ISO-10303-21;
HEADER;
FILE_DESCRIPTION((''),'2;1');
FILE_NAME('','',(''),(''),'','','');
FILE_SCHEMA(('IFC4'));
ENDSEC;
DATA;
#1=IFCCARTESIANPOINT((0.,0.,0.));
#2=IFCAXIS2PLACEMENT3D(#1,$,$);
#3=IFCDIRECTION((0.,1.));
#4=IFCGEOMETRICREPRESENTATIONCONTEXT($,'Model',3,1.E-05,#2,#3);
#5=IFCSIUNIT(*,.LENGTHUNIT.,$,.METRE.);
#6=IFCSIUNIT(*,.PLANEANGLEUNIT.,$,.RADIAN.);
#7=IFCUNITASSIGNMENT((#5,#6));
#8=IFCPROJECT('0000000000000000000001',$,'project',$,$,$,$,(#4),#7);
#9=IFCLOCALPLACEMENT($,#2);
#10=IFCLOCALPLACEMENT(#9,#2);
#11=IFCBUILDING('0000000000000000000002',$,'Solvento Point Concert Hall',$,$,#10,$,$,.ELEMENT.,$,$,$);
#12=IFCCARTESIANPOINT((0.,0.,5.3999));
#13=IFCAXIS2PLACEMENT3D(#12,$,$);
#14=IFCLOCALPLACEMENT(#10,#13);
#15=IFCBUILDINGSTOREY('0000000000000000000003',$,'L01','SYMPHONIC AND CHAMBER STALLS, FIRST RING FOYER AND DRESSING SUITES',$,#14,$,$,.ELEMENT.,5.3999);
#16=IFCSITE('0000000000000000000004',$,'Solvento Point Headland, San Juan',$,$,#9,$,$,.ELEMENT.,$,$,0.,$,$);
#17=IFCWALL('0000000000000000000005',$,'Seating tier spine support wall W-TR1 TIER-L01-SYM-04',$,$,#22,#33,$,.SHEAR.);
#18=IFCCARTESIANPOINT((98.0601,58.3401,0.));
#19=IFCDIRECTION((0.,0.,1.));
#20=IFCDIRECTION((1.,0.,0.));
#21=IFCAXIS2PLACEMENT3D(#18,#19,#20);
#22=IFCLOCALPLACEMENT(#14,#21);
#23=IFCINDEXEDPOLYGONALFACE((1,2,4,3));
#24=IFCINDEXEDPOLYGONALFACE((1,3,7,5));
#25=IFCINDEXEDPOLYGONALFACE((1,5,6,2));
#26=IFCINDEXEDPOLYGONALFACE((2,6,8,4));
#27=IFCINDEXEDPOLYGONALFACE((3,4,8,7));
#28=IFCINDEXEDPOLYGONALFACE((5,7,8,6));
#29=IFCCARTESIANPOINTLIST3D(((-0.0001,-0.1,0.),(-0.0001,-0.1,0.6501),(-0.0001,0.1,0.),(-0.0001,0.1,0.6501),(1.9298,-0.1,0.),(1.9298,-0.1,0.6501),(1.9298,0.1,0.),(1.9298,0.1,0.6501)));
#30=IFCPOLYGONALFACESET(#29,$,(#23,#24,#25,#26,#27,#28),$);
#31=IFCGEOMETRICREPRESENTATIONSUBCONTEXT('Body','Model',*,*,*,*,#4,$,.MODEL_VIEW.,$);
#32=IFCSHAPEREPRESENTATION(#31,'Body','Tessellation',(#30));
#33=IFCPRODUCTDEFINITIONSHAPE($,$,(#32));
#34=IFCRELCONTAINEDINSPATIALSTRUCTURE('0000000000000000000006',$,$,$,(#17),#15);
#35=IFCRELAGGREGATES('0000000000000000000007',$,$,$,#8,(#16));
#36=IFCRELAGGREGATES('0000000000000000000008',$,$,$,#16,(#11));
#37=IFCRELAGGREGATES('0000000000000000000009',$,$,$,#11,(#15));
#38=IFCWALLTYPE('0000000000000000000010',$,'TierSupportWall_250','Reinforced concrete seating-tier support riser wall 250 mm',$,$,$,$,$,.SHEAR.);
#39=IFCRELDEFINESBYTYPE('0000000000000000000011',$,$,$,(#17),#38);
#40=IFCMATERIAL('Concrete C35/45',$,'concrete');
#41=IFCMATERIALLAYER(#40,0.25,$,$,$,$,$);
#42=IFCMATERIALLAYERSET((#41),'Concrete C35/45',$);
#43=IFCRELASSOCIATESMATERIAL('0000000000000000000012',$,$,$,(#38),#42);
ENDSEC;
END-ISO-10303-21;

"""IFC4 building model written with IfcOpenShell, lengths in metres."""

from ifc_helpers import new_model, si_unit, direction, frame, frame_2d, origin, place, context, subcontext, project, spatial, rectangle, extrude, material, layer, layer_set, type_object, element, save


model = new_model("IFC4")

# Units and contexts
model_context = context("Model", 3, precision=1e-05, world=origin(), true_north=direction((0.0, 1.0)))
body_context = subcontext(model_context, "Body", "Model", "MODEL_VIEW")
ifc_project = project(units=[si_unit("LENGTHUNIT", "METRE"), si_unit("PLANEANGLEUNIT", "RADIAN")], contexts=[model_context])

# Site, building, storey
site_placement = place(None, origin())
site = spatial("IfcSite", under=ifc_project, at=site_placement, Name="Solvento Point Headland, San Juan", CompositionType="ELEMENT", RefElevation=0.0)
building_placement = place(site_placement, origin())
building = spatial("IfcBuilding", under=site, at=building_placement, Name="Solvento Point Concert Hall", CompositionType="ELEMENT")
storey_placement = place(building_placement, frame((0.0, 0.0, 5.3999)))
storey = spatial("IfcBuildingStorey", under=building, at=storey_placement, Name="L01", Description="SYMPHONIC AND CHAMBER STALLS, FIRST RING FOYER AND DRESSING SUITES", CompositionType="ELEMENT", Elevation=5.3999)

# Wall
ifc_material_1 = material(Name="Concrete C35/45", Category="concrete")
ifc_layer_1 = layer(ifc_material_1, 0.25)
ifc_layer_set_1 = layer_set([ifc_layer_1], Name="Concrete C35/45")
wall_type_1 = type_object("IfcWallType", Name="TierSupportWall_250", Description="Reinforced concrete seating-tier support riser wall 250 mm", PredefinedType="SHEAR", material=ifc_layer_set_1)
wall_1_placement = place(storey_placement, frame((98.0601, 58.3401, 0.0), z_axis=(0.0, 0.0, 1.0), x_axis=(1.0, 0.0, 0.0)))
element("IfcWall", 1, at=wall_1_placement, inside=storey, type_object=wall_type_1, Name="Seating tier spine support wall W-TR1 TIER-L01-SYM-04", PredefinedType="SHEAR", context=body_context, shape_type="SweptSolid", body=[
    extrude(rectangle(XDim=1.9299, YDim=0.2, at=frame_2d((0.9648, 0.0))), origin(), (0.0, 0.0, 1.0), 0.6501),
])

save(model, "model.ifc")
